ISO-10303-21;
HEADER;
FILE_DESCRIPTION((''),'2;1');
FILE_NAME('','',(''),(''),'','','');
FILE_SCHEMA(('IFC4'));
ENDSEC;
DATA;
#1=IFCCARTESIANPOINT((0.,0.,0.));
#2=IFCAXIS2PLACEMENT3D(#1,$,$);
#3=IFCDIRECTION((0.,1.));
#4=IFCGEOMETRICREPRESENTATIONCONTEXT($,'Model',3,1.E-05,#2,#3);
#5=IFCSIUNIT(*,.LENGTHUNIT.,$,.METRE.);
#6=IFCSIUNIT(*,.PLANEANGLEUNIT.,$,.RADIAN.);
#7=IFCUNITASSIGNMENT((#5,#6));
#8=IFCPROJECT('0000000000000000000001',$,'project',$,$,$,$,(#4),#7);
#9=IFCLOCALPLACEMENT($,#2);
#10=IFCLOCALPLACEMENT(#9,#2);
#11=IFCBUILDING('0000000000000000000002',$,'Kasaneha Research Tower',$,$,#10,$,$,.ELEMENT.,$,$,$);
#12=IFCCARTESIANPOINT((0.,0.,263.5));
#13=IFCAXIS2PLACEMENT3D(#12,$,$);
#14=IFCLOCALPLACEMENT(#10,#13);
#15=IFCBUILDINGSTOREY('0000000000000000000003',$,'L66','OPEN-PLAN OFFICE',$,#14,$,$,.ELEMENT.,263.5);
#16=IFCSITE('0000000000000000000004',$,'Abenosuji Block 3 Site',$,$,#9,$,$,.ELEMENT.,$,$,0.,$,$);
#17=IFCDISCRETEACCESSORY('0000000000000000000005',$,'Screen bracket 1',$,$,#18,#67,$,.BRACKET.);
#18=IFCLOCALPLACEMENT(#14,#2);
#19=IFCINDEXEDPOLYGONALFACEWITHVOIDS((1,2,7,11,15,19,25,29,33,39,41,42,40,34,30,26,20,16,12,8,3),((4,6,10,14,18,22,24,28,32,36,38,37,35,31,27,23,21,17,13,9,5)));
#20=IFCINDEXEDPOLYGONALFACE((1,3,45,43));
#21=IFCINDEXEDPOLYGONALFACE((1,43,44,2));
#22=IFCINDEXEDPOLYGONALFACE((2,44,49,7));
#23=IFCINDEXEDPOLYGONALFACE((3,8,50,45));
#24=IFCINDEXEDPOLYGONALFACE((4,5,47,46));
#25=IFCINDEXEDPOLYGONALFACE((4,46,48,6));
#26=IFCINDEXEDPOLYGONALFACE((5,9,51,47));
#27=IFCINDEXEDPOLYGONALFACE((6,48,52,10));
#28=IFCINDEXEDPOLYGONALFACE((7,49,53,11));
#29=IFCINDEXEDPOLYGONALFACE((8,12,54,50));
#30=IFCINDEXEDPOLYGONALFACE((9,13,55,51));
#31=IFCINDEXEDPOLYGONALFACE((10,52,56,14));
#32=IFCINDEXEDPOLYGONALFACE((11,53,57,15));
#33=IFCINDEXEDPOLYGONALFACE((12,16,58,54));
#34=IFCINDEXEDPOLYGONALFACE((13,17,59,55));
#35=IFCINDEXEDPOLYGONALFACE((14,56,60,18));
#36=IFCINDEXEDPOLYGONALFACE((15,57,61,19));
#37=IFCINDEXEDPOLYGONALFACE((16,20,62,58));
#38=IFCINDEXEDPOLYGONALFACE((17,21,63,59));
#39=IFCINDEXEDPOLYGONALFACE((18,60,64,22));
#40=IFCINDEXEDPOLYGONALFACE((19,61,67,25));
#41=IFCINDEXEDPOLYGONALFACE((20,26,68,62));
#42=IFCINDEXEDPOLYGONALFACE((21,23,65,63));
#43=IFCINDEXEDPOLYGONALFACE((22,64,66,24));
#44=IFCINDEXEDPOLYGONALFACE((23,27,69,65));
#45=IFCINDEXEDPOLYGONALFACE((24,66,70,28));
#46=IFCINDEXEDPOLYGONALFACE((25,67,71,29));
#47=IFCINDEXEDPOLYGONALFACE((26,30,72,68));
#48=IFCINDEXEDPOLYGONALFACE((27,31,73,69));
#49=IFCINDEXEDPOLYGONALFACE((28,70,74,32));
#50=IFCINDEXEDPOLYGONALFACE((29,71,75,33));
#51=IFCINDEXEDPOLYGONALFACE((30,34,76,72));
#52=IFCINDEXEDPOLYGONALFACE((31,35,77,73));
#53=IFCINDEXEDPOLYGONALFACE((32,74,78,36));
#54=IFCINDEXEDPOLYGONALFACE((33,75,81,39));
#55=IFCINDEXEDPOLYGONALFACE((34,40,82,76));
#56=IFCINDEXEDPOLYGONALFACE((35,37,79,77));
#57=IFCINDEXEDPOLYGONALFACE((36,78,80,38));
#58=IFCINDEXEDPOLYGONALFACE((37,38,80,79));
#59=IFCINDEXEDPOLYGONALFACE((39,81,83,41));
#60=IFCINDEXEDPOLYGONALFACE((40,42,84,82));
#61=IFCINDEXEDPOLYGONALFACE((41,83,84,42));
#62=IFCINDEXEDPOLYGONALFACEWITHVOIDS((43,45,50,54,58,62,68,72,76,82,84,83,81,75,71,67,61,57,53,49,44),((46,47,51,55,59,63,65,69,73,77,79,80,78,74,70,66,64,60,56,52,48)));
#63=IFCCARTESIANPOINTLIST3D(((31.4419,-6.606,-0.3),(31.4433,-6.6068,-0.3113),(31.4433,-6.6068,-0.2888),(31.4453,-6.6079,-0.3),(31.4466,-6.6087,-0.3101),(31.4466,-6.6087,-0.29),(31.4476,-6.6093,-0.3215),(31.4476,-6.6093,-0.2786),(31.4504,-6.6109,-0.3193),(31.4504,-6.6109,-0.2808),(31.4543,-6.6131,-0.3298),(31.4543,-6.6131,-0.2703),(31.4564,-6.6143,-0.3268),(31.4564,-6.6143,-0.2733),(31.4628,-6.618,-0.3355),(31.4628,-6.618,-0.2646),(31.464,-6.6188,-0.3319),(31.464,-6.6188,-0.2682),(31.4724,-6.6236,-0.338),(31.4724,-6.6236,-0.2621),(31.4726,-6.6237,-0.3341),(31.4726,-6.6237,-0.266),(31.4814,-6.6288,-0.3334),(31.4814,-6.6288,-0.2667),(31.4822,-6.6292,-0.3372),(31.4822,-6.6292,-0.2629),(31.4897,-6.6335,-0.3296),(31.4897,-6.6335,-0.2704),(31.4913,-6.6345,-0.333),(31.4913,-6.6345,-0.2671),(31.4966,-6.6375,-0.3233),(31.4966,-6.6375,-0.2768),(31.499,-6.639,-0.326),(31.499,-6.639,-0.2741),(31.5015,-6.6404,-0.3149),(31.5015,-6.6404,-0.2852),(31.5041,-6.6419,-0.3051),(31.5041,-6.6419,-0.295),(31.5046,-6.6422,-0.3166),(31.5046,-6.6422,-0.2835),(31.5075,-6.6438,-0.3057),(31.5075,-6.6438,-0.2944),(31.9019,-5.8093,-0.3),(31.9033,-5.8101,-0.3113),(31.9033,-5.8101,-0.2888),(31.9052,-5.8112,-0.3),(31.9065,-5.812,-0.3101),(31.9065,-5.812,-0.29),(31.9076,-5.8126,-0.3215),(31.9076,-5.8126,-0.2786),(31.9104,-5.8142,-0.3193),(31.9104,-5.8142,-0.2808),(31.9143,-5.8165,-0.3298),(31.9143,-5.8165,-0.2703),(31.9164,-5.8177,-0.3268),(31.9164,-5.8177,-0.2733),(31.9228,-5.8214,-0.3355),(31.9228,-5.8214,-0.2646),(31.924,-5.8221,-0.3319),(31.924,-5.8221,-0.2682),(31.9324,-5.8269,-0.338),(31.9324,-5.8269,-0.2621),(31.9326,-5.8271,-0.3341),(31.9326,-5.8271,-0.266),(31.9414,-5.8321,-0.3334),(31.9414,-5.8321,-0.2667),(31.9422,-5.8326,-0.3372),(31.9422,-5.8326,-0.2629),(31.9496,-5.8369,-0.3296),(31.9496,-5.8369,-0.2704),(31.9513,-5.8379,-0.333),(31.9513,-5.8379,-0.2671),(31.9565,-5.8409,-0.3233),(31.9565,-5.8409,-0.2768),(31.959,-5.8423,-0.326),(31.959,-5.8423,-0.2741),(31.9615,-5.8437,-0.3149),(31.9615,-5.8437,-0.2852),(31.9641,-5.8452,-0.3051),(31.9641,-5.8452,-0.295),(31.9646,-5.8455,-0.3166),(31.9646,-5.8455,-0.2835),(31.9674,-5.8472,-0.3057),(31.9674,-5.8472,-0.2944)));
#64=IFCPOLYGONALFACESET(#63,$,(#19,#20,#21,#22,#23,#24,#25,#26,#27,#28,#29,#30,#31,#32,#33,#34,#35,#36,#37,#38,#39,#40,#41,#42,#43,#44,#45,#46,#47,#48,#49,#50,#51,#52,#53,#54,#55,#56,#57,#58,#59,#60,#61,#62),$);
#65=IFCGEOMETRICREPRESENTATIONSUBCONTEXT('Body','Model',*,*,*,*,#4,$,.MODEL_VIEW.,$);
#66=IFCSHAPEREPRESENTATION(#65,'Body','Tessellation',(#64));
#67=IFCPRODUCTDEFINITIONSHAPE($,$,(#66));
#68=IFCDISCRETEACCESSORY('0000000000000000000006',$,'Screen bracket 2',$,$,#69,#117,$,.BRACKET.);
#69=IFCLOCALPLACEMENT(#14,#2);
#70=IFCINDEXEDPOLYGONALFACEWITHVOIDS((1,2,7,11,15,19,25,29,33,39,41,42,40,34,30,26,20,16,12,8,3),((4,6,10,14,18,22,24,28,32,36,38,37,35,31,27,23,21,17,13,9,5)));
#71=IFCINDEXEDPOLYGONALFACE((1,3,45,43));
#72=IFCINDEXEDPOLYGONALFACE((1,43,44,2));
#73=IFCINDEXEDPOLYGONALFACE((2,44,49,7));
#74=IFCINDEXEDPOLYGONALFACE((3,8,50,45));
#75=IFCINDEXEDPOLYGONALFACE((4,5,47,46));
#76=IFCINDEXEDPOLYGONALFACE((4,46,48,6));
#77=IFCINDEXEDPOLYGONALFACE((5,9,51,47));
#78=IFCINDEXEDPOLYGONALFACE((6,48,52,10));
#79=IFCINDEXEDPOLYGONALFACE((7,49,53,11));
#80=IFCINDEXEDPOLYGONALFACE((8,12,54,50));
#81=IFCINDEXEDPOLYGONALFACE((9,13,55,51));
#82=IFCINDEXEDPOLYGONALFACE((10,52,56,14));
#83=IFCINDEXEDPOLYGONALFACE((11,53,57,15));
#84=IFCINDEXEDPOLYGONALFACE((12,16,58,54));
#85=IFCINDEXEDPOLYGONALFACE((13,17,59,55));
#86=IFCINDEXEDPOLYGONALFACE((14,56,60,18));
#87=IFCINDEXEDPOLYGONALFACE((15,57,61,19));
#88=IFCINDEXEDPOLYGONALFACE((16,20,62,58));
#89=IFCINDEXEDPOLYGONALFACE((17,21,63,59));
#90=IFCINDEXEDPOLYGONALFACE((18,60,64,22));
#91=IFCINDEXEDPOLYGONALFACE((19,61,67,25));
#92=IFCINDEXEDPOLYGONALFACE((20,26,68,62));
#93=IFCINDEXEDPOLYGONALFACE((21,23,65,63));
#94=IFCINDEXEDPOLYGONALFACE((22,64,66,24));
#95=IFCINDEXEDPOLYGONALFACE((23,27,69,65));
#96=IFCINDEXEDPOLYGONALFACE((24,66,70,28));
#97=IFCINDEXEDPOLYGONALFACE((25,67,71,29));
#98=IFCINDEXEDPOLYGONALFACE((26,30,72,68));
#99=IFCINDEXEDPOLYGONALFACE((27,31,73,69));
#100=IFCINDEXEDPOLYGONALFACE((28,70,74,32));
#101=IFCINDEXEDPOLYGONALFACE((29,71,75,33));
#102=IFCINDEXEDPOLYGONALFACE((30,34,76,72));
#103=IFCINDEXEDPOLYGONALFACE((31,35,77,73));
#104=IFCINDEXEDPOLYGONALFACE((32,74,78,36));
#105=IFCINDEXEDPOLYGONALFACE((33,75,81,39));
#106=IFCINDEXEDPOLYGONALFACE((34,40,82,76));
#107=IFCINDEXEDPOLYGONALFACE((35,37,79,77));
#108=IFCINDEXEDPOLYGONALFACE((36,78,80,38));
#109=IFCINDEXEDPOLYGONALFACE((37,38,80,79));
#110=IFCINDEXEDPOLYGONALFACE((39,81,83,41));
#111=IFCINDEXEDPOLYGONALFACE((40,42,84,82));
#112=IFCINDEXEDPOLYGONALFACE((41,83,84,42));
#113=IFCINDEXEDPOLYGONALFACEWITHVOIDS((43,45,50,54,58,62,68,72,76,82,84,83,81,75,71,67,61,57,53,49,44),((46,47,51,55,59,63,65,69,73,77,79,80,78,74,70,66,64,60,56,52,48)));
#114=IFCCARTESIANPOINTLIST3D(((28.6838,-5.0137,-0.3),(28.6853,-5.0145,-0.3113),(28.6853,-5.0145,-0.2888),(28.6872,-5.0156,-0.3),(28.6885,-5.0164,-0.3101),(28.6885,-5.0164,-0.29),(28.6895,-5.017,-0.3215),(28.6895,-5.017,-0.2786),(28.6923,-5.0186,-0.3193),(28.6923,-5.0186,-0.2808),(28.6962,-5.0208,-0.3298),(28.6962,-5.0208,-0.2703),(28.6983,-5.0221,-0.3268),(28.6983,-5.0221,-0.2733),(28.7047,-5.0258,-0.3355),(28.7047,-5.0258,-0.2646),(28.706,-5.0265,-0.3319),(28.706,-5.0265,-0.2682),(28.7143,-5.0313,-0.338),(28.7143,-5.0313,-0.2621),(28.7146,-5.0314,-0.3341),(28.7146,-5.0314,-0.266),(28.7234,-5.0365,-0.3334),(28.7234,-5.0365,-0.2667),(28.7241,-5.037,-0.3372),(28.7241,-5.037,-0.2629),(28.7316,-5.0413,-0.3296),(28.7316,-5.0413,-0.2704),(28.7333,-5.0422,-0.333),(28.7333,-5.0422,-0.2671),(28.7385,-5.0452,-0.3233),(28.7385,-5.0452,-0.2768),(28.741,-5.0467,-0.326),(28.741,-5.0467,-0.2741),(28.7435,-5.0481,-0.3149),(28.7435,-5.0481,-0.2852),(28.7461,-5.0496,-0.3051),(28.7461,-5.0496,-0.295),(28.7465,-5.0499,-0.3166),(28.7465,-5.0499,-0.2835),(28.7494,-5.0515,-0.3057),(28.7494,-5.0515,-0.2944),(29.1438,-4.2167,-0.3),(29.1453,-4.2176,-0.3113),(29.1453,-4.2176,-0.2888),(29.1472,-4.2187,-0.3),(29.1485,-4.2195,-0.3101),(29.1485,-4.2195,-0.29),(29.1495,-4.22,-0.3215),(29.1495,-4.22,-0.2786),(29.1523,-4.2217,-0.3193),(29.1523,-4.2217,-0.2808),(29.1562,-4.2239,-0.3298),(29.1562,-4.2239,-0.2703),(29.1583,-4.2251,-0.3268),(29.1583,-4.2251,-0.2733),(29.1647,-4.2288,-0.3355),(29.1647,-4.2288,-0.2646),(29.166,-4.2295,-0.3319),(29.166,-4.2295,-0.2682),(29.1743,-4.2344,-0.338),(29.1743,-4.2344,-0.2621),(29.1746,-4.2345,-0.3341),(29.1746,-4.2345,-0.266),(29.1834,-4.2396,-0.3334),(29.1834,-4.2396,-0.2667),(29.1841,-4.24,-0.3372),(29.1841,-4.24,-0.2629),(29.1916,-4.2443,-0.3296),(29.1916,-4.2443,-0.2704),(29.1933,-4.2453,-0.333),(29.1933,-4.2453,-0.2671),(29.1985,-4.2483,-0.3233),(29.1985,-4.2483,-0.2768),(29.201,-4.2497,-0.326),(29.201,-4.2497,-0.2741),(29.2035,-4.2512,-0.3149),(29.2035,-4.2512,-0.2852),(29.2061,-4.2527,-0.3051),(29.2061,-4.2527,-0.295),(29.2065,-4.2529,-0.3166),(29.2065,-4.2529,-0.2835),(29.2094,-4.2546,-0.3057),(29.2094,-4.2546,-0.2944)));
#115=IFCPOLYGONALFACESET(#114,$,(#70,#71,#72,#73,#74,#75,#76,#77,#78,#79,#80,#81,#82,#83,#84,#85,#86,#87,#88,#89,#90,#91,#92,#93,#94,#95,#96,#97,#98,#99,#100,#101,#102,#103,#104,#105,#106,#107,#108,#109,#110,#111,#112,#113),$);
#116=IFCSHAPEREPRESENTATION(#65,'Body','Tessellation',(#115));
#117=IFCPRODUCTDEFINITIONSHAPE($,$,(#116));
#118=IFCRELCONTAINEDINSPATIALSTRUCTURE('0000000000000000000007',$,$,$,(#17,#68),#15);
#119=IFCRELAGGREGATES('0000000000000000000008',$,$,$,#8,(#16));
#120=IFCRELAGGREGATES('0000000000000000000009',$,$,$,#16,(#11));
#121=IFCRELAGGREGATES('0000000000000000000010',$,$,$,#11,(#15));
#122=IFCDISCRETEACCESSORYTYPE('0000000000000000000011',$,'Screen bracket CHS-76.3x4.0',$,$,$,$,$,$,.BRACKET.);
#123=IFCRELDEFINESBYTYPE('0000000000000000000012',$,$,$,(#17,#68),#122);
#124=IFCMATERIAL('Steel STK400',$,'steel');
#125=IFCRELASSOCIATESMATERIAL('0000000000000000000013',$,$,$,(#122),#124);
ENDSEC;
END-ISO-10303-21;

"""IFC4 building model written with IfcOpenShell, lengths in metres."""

from ifc_helpers import new_model, si_unit, direction, frame, origin, origin_2d, place, context, subcontext, project, spatial, hollow_circle, extrude, material, material_profile, profile_set, type_object, element, save


model = new_model("IFC4")

# Units and contexts
model_context = context("Model", 3, precision=1e-05, world=origin(), true_north=direction((0.0, 1.0)))
body_context = subcontext(model_context, "Body", "Model", "MODEL_VIEW")
ifc_project = project(units=[si_unit("LENGTHUNIT", "METRE"), si_unit("PLANEANGLEUNIT", "RADIAN")], contexts=[model_context])

# Site, building, storey
site_placement = place(None, origin())
site = spatial("IfcSite", under=ifc_project, at=site_placement, Name="Abenosuji Block 3 Site", CompositionType="ELEMENT", RefElevation=0.0)
building_placement = place(site_placement, origin())
building = spatial("IfcBuilding", under=site, at=building_placement, Name="Kasaneha Research Tower", CompositionType="ELEMENT")
storey_placement = place(building_placement, frame((0.0, 0.0, 263.5)))
storey = spatial("IfcBuildingStorey", under=building, at=storey_placement, Name="L66", Description="OPEN-PLAN OFFICE", CompositionType="ELEMENT", Elevation=263.5)

# Discrete accessories
ifc_material_1 = material(Name="Steel STK400", Category="steel")
ifc_material_profile_1 = material_profile(ifc_material_1, hollow_circle(Radius=0.0381, WallThickness=0.0039, at=origin_2d()), Name="CHS-76.3x4.0")
ifc_profile_set_1 = profile_set([ifc_material_profile_1], Name="Steel STK400")
discrete_accessory_type = type_object("IfcDiscreteAccessoryType", Name="Screen bracket CHS-76.3x4.0", PredefinedType="BRACKET", material=ifc_profile_set_1)
discrete_accessory_1_placement = place(storey_placement, frame((31.4749, -6.625, -0.3), z_axis=(0.500021, 0.866013, 0.0), x_axis=(-0.866013, 0.500021, 0.0)))
element("IfcDiscreteAccessory", 1, at=discrete_accessory_1_placement, inside=storey, type_object=discrete_accessory_type, Name="Screen bracket 1", PredefinedType="BRACKET", context=body_context, shape_type="SweptSolid", body=[
    extrude(hollow_circle(Radius=0.0381, WallThickness=0.0039, at=origin_2d()), origin(), (0.0, 0.0, 1.0), 0.9199),
])
discrete_accessory_2_placement = place(storey_placement, frame((28.7168, -5.0327, -0.3), z_axis=(0.499906, 0.86608, 0.0), x_axis=(-0.86608, 0.499906, 0.0)))
element("IfcDiscreteAccessory", 2, at=discrete_accessory_2_placement, inside=storey, type_object=discrete_accessory_type, Name="Screen bracket 2", PredefinedType="BRACKET", context=body_context, shape_type="SweptSolid", body=[
    extrude(hollow_circle(Radius=0.0381, WallThickness=0.0039, at=origin_2d()), origin(), (0.0, 0.0, 1.0), 0.9202),
])

save(model, "model.ifc")
